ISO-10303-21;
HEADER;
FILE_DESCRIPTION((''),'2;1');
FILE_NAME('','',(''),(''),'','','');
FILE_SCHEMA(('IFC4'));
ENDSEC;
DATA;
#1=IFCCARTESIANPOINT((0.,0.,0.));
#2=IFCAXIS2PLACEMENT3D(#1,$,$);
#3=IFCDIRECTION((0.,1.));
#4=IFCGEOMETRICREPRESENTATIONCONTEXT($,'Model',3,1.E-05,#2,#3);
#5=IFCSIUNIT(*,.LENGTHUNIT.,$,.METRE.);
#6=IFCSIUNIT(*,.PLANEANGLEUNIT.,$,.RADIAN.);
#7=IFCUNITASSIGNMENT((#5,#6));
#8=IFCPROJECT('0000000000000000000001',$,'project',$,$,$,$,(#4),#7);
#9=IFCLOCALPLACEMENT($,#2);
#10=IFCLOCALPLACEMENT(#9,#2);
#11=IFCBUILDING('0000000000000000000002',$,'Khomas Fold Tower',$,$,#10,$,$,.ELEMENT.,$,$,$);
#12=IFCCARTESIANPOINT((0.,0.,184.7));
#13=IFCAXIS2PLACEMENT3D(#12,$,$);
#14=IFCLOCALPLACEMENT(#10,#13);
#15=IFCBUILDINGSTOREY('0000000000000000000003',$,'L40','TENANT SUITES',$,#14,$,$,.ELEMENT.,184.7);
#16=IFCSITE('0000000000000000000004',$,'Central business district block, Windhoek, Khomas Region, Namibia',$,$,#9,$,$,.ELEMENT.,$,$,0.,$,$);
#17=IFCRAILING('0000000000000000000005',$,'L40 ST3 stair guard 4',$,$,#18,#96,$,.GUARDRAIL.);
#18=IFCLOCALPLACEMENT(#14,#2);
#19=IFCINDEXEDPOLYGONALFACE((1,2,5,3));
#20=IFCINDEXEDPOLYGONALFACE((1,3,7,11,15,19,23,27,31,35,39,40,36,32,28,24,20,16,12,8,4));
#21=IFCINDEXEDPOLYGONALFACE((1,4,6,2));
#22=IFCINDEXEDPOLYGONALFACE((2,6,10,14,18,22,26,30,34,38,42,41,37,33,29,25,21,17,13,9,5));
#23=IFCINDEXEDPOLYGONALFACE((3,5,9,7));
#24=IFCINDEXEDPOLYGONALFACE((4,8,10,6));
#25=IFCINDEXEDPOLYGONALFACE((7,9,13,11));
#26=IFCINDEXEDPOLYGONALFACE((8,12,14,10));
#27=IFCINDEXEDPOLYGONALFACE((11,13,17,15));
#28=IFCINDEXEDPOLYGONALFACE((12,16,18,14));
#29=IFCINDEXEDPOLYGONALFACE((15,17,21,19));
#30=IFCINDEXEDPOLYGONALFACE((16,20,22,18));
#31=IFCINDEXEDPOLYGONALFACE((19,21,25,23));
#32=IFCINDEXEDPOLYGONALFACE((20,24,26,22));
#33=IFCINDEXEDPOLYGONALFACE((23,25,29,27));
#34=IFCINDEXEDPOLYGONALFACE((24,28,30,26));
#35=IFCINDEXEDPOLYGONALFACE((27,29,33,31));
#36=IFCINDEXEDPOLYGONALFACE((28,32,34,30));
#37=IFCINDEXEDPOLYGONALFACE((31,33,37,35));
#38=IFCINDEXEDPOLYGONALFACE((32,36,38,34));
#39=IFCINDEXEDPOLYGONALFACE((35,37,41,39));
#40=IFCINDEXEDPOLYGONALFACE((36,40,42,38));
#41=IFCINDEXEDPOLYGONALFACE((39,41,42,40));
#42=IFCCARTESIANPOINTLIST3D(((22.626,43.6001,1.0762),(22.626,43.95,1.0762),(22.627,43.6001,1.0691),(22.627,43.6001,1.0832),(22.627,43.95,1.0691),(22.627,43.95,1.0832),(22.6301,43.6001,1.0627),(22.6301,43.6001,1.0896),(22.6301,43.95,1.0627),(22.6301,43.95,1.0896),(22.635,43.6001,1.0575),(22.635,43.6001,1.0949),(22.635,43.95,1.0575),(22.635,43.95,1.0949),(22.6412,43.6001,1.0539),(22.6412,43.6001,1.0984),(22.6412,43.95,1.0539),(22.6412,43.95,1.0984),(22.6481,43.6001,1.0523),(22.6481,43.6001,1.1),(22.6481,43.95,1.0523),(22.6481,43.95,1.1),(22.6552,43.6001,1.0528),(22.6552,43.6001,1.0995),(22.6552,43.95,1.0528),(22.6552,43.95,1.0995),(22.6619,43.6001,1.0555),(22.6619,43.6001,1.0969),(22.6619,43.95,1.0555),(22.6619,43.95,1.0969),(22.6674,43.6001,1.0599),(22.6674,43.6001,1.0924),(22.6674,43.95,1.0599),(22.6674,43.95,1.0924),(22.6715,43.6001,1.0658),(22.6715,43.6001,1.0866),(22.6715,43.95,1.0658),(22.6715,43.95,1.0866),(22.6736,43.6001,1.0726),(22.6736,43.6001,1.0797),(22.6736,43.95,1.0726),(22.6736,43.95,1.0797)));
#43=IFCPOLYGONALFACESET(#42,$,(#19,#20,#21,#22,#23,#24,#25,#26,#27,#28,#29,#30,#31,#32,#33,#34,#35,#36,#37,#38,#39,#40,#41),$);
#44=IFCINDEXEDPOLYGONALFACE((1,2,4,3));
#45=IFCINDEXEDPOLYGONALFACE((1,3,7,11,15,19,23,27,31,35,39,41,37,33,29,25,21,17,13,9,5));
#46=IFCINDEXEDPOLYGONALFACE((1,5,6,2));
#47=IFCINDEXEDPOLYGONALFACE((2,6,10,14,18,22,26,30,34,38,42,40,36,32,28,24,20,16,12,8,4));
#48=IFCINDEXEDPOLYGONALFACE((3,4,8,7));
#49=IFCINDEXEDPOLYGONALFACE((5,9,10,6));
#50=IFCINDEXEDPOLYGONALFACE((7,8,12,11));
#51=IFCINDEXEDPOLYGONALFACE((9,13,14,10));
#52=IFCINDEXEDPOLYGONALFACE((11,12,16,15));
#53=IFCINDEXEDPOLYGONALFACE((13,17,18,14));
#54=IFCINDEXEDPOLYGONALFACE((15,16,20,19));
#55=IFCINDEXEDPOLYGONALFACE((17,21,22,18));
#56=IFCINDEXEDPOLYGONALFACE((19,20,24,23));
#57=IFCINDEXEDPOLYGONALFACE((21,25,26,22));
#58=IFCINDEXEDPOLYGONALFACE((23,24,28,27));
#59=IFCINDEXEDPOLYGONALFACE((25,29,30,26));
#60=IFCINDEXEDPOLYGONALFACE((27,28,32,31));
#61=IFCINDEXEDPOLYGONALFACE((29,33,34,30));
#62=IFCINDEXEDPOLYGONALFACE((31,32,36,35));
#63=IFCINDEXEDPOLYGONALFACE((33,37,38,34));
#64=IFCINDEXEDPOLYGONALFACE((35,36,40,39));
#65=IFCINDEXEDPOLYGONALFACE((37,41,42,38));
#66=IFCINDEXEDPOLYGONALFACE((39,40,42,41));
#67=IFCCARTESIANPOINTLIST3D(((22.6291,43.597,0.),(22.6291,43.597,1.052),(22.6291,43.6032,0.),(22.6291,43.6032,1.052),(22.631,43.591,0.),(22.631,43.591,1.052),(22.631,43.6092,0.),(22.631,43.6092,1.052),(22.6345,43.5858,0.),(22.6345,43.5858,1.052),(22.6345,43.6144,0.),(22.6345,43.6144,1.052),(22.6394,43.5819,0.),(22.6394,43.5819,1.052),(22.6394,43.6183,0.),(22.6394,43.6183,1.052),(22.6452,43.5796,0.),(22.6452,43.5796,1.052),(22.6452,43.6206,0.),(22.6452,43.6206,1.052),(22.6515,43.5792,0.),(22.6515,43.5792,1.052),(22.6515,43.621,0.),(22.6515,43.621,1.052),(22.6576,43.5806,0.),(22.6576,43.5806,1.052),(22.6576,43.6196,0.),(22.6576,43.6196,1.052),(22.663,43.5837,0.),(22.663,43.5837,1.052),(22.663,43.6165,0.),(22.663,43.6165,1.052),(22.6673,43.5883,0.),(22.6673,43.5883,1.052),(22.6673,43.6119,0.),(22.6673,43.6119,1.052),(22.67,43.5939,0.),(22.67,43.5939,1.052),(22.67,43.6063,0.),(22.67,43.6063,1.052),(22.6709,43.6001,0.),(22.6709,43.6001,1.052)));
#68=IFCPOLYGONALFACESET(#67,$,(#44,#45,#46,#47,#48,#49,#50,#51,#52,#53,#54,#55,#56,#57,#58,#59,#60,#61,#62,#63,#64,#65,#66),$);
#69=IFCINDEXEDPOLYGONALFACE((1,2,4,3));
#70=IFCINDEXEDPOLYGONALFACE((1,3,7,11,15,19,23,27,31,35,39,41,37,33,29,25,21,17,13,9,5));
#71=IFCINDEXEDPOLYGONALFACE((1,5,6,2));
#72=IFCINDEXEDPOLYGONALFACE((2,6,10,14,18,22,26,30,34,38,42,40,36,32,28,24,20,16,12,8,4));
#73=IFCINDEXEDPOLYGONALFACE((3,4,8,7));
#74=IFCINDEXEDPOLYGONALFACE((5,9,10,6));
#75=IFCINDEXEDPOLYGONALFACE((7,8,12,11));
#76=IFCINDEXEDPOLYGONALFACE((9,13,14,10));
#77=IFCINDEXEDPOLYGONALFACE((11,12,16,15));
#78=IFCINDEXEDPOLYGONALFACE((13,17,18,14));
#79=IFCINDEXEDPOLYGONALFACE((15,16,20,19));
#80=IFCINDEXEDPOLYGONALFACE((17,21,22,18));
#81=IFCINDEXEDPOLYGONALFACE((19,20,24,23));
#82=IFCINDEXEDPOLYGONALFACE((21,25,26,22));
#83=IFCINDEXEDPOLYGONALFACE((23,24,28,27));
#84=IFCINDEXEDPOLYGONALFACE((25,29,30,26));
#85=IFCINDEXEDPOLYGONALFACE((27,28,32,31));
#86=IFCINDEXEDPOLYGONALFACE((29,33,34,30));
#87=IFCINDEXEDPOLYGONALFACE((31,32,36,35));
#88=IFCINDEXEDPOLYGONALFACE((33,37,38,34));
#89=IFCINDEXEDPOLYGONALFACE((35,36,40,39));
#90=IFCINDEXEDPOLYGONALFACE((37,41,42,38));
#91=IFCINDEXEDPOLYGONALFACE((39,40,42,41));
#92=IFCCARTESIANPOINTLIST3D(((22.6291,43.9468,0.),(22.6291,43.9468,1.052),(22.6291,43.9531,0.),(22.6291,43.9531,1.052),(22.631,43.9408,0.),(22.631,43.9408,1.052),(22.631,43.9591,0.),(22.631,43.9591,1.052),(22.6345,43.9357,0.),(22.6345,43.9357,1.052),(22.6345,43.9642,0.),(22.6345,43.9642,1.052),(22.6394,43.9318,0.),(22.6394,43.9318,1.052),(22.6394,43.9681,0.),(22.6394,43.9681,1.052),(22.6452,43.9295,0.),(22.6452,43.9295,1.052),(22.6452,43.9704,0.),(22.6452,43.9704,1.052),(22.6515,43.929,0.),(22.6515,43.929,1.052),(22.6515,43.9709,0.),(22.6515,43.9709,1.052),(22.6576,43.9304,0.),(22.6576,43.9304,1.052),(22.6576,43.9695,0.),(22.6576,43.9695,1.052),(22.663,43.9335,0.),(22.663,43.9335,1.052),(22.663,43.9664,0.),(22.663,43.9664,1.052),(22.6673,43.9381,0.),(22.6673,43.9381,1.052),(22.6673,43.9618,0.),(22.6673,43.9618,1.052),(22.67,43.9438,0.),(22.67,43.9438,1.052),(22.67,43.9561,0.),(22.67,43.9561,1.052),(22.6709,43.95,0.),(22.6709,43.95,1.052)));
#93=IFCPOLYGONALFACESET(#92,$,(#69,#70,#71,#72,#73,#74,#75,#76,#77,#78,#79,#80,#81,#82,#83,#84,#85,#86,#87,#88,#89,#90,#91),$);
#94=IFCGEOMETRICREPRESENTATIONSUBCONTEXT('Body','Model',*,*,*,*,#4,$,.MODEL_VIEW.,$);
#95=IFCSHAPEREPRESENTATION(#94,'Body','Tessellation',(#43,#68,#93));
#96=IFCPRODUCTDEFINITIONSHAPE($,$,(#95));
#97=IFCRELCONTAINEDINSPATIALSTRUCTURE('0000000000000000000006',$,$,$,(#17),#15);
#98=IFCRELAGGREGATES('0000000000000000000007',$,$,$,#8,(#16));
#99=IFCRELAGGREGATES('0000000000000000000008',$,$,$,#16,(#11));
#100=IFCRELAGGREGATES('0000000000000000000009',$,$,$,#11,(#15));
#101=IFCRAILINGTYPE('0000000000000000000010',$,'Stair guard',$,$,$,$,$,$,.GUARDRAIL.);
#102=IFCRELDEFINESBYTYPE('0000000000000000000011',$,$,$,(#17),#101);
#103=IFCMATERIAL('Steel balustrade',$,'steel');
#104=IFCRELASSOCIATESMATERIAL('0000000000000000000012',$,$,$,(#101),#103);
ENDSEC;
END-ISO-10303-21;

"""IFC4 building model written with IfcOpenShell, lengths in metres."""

from ifc_helpers import new_model, si_unit, direction, frame, origin, origin_2d, place, context, subcontext, project, spatial, circle, extrude, source, transform, mapped, material, type_object, element, save


model = new_model("IFC4")

# Units and contexts
model_context = context("Model", 3, precision=1e-05, world=origin(), true_north=direction((0.0, 1.0)))
body_context = subcontext(model_context, "Body", "Model", "MODEL_VIEW")
ifc_project = project(units=[si_unit("LENGTHUNIT", "METRE"), si_unit("PLANEANGLEUNIT", "RADIAN")], contexts=[model_context])

# Site, building, storey
site_placement = place(None, origin())
site = spatial("IfcSite", under=ifc_project, at=site_placement, Name="Central business district block, Windhoek, Khomas Region, Namibia", CompositionType="ELEMENT", RefElevation=0.0)
building_placement = place(site_placement, origin())
building = spatial("IfcBuilding", under=site, at=building_placement, Name="Khomas Fold Tower", CompositionType="ELEMENT")
storey_placement = place(building_placement, frame((0.0, 0.0, 184.7)))
storey = spatial("IfcBuildingStorey", under=building, at=storey_placement, Name="L40", Description="TENANT SUITES", CompositionType="ELEMENT", Elevation=184.7)

# Railing
ifc_material_1 = material(Name="Steel balustrade", Category="steel")
railing_type_1 = type_object("IfcRailingType", Name="Stair guard", PredefinedType="GUARDRAIL", material=ifc_material_1)
shared_shape_1 = source(origin(), body_context, "Body", "SweptSolid", [
    extrude(circle(Radius=0.0239, at=origin_2d()), frame((0.0, 0.0, 1.0762), z_axis=(0.0, 1.0, 0.0), x_axis=(-1.0, 0.0, 0.0)), (0.0, 0.0, 1.0), 0.3499),
    extrude(circle(Radius=0.021, at=origin_2d()), origin(), (0.0, 0.0, 1.0), 1.052),
    extrude(circle(Radius=0.021, at=origin_2d()), frame((0.0, 0.3499, 0.0)), (0.0, 0.0, 1.0), 1.052),
])
for number, where, name in (
    (1, (22.6499, 43.6001, 0.0), "L40 ST3 stair guard 4"),
):
    element("IfcRailing", number, at=place(storey_placement, frame(where)), inside=storey, type_object=railing_type_1, Name=name, PredefinedType="GUARDRAIL", context=body_context, shape_type="MappedRepresentation", body=[
        mapped(shared_shape_1, transform((0.0, 0.0, 0.0))),
    ])

save(model, "model.ifc")
